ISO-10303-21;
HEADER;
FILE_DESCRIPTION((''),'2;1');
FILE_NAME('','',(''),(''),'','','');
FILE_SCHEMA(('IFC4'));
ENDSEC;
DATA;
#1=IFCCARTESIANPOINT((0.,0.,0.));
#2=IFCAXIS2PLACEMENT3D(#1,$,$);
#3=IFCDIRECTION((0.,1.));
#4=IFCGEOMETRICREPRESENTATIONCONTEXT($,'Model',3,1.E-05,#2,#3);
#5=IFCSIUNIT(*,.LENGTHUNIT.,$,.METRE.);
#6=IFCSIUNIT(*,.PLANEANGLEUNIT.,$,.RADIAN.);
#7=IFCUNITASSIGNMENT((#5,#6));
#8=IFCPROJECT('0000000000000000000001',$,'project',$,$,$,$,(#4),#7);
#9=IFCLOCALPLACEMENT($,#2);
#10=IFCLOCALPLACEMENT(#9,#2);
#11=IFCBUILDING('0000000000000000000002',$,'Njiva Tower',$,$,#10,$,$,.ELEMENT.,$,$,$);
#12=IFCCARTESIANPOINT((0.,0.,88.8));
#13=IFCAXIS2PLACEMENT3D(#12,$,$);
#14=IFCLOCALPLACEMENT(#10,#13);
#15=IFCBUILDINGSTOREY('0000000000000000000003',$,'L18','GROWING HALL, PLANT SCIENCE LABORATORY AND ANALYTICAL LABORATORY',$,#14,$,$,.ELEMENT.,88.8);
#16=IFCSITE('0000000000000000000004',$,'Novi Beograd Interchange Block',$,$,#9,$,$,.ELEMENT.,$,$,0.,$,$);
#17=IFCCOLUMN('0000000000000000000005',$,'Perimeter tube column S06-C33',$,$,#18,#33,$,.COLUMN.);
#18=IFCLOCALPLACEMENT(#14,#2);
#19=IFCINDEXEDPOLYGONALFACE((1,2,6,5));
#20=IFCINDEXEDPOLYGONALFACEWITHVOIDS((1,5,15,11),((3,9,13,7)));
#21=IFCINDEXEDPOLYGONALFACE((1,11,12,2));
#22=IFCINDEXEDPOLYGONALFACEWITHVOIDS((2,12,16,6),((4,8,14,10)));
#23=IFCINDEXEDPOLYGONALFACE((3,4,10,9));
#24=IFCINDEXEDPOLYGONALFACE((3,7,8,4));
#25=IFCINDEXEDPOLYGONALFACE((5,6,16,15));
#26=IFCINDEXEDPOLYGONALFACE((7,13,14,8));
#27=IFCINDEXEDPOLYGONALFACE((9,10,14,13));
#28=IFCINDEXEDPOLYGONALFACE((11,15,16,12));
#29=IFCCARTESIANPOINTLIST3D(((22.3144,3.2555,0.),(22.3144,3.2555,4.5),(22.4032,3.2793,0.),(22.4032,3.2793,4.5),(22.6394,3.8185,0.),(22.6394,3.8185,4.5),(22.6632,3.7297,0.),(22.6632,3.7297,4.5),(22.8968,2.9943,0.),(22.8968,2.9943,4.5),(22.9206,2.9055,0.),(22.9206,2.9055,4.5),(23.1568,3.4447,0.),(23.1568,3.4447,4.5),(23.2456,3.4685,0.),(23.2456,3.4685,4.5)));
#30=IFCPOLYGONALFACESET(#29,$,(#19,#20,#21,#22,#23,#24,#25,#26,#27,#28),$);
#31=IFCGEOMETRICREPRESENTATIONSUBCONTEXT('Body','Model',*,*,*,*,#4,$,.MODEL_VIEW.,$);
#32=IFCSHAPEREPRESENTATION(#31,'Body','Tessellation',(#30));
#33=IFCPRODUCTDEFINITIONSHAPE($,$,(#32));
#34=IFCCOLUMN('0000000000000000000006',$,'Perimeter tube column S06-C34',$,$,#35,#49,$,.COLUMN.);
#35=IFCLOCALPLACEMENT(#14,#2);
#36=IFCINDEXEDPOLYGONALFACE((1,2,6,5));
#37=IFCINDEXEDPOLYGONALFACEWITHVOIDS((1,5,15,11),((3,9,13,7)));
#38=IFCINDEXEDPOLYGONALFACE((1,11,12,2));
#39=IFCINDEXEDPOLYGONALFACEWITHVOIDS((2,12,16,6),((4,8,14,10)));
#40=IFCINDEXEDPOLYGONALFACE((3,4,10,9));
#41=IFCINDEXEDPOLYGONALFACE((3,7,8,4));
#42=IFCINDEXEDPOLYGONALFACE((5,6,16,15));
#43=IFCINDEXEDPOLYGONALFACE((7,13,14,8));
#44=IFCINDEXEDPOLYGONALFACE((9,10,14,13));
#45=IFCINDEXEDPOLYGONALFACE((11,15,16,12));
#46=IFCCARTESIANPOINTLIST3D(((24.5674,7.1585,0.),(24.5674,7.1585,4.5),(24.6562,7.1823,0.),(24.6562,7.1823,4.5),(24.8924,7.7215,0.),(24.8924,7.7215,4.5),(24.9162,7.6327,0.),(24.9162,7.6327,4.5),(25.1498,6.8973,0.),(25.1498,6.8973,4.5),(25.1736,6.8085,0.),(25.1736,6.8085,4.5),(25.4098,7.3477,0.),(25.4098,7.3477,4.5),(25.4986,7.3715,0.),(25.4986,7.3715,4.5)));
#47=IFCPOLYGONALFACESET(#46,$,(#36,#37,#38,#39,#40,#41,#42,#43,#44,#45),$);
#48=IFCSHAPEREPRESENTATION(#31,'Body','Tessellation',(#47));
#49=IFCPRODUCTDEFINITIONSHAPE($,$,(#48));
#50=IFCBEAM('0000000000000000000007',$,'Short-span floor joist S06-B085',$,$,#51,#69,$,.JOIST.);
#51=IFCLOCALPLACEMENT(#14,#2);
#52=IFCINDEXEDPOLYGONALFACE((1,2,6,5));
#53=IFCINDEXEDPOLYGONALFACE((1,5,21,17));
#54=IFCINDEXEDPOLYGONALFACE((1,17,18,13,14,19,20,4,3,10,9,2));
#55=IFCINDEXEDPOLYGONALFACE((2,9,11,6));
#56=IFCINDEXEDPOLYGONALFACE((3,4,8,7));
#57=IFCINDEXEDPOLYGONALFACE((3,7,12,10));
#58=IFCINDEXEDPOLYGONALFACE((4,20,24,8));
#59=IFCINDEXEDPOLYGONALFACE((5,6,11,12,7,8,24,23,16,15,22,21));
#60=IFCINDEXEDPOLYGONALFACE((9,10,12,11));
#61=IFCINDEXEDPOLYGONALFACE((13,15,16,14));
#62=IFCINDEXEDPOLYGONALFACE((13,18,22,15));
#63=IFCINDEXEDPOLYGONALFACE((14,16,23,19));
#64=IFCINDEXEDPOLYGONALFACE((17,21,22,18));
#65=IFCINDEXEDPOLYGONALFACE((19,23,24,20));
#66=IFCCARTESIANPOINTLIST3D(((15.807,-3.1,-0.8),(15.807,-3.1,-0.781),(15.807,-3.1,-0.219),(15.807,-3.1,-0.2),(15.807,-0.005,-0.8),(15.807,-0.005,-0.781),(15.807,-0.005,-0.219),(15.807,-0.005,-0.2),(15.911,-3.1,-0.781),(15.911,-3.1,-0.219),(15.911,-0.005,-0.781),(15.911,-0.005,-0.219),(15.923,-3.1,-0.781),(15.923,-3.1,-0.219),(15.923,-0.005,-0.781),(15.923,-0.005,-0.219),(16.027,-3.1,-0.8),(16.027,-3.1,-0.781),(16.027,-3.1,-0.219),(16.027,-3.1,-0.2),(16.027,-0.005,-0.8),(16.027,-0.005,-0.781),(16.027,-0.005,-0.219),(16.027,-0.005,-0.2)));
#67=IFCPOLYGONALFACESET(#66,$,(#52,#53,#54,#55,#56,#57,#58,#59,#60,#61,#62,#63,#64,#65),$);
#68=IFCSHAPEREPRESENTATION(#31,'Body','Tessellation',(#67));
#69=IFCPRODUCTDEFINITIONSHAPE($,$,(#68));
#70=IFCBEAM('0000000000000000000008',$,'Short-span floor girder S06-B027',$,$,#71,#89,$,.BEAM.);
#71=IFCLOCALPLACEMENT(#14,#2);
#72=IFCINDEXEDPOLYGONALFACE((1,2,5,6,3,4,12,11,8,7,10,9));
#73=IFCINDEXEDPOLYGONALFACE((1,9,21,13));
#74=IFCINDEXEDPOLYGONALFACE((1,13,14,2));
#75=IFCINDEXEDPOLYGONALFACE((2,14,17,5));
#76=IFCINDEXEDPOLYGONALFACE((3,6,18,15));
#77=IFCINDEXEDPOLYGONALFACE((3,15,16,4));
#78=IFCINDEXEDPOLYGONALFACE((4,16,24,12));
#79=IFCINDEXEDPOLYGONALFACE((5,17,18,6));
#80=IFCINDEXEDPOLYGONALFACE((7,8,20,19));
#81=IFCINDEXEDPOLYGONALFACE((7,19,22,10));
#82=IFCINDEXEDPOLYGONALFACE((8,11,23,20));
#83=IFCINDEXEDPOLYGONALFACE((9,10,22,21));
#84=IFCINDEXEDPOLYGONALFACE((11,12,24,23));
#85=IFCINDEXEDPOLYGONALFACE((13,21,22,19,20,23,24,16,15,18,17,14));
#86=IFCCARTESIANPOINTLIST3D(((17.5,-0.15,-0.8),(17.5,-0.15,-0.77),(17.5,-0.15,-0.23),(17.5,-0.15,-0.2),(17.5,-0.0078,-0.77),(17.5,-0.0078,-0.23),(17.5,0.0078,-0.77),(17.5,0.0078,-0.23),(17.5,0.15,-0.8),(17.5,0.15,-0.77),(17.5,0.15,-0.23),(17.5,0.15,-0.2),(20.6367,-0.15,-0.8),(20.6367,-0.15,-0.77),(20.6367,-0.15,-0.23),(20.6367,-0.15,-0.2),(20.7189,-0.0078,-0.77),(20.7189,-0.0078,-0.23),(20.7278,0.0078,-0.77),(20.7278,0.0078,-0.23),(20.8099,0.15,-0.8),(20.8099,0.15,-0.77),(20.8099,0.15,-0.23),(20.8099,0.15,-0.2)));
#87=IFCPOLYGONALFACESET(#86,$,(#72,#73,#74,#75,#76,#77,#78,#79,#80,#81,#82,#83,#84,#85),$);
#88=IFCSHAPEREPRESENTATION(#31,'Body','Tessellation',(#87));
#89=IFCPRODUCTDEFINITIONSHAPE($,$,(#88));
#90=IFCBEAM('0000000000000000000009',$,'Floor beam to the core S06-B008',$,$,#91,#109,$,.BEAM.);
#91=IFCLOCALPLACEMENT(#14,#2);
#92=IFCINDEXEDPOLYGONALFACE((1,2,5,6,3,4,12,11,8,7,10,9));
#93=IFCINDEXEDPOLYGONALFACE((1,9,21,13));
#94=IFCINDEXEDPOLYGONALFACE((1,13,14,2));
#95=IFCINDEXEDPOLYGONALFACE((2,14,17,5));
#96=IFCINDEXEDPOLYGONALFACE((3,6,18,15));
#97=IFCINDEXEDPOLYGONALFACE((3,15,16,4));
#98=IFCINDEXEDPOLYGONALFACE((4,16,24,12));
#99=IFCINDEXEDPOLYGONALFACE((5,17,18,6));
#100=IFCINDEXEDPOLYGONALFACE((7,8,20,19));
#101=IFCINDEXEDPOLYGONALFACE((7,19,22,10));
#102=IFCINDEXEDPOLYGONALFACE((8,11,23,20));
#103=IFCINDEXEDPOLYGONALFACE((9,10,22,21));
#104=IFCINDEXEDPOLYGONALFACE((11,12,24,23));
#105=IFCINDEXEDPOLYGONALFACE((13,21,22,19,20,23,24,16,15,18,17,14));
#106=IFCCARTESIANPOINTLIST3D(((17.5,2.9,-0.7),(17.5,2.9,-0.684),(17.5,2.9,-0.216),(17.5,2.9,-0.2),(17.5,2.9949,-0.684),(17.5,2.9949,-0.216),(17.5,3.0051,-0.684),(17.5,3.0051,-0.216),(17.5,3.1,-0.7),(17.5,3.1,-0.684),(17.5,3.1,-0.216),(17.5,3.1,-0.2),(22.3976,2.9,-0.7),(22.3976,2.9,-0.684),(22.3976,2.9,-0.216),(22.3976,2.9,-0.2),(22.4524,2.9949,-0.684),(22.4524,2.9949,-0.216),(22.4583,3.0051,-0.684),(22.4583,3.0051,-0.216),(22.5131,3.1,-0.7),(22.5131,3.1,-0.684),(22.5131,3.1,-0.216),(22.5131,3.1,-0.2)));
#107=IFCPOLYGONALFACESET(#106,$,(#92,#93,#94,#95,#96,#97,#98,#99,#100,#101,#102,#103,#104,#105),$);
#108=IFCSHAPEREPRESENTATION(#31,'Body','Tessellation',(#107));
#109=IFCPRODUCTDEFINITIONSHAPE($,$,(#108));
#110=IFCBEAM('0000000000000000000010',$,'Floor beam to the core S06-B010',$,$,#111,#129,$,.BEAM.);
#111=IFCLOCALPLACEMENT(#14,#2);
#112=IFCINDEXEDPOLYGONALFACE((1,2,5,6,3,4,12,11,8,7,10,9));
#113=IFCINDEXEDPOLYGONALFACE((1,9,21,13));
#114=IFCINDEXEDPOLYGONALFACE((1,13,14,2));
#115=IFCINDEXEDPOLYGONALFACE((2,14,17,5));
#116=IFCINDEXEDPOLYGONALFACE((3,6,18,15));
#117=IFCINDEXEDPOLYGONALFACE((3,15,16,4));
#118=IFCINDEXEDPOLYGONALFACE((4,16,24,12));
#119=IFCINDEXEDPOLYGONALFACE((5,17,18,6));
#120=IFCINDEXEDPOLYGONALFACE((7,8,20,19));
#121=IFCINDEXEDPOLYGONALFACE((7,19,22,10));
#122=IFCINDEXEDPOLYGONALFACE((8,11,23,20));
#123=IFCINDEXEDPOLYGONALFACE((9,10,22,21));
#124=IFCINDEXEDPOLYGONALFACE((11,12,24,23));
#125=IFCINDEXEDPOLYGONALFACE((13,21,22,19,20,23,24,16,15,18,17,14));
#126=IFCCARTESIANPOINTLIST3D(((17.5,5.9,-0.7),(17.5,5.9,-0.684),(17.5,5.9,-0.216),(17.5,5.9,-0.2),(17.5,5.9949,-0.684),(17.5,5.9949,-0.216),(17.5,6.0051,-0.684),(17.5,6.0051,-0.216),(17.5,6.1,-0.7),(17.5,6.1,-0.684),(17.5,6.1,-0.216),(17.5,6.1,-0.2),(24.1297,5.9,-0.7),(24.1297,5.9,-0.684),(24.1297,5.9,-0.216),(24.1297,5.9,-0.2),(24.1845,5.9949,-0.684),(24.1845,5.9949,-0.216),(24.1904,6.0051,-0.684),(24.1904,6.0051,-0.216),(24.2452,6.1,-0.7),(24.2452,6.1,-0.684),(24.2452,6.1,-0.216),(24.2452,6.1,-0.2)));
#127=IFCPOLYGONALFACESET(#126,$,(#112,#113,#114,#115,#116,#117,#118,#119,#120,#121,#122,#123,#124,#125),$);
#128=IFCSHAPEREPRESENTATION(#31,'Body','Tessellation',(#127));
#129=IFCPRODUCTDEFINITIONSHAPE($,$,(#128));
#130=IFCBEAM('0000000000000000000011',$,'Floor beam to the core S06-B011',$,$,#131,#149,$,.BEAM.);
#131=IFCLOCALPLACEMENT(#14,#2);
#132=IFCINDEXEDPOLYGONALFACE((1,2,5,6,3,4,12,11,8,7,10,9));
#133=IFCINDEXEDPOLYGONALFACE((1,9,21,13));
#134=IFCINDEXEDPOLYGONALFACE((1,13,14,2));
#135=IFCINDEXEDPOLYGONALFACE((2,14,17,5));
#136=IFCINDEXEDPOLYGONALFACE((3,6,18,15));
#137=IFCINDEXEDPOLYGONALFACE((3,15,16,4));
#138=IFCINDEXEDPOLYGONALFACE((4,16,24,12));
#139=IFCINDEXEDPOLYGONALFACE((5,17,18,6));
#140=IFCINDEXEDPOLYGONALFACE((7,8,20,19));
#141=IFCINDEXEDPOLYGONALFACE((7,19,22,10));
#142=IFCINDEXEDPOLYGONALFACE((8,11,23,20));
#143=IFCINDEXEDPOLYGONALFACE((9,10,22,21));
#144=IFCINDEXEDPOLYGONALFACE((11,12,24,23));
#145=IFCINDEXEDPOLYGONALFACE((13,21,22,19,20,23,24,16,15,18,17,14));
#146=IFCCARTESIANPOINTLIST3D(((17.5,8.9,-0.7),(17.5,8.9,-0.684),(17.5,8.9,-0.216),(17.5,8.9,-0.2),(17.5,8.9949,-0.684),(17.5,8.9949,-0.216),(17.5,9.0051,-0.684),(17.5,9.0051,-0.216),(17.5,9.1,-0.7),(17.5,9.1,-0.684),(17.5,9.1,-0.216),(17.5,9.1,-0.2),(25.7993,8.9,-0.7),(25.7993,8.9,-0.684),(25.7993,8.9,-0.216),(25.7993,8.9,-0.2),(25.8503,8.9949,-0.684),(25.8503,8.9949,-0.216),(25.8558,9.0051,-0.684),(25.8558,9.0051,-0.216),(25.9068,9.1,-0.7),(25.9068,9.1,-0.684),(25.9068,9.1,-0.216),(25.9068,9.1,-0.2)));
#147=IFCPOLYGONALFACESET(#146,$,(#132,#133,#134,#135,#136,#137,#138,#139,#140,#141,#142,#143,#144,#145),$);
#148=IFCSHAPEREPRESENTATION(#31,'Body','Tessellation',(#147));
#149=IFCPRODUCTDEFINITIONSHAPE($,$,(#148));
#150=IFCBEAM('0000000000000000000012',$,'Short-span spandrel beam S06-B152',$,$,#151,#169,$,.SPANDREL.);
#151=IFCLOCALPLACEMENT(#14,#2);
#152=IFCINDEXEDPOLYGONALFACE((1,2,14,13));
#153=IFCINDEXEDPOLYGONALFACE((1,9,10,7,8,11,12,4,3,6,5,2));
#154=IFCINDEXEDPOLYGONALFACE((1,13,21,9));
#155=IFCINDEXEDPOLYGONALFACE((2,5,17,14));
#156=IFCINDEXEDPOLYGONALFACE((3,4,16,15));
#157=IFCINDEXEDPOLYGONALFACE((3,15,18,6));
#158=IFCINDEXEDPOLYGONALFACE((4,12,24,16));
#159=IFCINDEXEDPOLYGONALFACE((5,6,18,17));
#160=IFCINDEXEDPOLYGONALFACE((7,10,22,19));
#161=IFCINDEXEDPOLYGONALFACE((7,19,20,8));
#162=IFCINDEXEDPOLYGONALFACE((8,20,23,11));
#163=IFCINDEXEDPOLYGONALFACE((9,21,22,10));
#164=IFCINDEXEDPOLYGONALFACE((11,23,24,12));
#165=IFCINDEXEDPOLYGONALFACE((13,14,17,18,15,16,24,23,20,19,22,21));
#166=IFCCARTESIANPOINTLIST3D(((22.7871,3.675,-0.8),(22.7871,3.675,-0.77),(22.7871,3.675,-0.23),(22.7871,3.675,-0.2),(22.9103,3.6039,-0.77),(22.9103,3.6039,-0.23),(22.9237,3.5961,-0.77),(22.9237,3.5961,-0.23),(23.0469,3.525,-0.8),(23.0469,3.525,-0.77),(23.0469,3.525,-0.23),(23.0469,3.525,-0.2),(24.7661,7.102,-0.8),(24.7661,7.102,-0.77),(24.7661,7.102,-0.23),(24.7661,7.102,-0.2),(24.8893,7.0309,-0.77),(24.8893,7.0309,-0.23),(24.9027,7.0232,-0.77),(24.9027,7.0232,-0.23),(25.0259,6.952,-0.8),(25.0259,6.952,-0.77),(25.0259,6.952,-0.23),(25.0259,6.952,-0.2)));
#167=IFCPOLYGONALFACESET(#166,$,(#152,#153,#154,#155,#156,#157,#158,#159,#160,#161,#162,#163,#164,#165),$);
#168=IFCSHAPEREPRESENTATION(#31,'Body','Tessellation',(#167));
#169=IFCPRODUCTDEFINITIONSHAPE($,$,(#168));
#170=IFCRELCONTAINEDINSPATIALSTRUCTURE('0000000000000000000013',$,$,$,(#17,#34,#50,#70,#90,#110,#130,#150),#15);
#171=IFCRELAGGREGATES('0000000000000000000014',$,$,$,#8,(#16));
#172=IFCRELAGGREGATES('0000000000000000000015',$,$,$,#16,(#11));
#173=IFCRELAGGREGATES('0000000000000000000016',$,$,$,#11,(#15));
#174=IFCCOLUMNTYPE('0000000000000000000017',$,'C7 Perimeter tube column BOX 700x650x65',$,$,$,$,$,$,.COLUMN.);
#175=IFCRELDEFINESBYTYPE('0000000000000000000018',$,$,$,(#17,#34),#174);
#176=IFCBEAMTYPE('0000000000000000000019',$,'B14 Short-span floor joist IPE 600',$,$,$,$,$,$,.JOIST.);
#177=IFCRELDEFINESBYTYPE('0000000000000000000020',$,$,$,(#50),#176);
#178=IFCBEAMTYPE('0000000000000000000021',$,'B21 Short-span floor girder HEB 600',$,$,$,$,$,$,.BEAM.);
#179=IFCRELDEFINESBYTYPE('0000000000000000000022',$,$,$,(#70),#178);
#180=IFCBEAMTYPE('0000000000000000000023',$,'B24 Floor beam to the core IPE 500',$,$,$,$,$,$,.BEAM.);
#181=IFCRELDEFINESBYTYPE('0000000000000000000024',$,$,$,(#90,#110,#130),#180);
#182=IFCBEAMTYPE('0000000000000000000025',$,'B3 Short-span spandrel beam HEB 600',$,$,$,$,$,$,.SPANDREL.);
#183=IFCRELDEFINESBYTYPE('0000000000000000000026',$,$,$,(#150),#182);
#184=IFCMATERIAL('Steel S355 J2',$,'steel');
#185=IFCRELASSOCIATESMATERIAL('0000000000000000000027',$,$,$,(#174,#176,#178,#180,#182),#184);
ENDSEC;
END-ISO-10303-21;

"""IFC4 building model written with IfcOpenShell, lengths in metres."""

from ifc_helpers import new_model, si_unit, direction, frame, origin, origin_2d, place, context, subcontext, project, spatial, hollow_rectangle, i_section, extrude, clip, halfspace, material, material_profile, profile_set, type_object, element, save


model = new_model("IFC4")

# Units and contexts
model_context = context("Model", 3, precision=1e-05, world=origin(), true_north=direction((0.0, 1.0)))
body_context = subcontext(model_context, "Body", "Model", "MODEL_VIEW")
ifc_project = project(units=[si_unit("LENGTHUNIT", "METRE"), si_unit("PLANEANGLEUNIT", "RADIAN")], contexts=[model_context])

# Site, building, storey
site_placement = place(None, origin())
site = spatial("IfcSite", under=ifc_project, at=site_placement, Name="Novi Beograd Interchange Block", CompositionType="ELEMENT", RefElevation=0.0)
building_placement = place(site_placement, origin())
building = spatial("IfcBuilding", under=site, at=building_placement, Name="Njiva Tower", CompositionType="ELEMENT")
storey_placement = place(building_placement, frame((0.0, 0.0, 88.8)))
storey = spatial("IfcBuildingStorey", under=building, at=storey_placement, Name="L18", Description="GROWING HALL, PLANT SCIENCE LABORATORY AND ANALYTICAL LABORATORY", CompositionType="ELEMENT", Elevation=88.8)

# Columns
ifc_material_1 = material(Name="Steel S355 J2", Category="steel")
ifc_material_profile_1 = material_profile(ifc_material_1, hollow_rectangle(XDim=0.65, YDim=0.7, WallThickness=0.065, at=origin_2d()), Name="BOX 700x650x65")
ifc_profile_set_1 = profile_set([ifc_material_profile_1], Name="Steel S355 J2")
column_type = type_object("IfcColumnType", Name="C7 Perimeter tube column BOX 700x650x65", PredefinedType="COLUMN", material=ifc_profile_set_1)
for number, where, z_axis, x_axis, name in (
    (1, (22.78, 3.362, 0.0), (0.0, 0.0, 1.0), (0.5, 0.866025, 0.0), "Perimeter tube column S06-C33"),
    (2, (25.033, 7.265, 0.0), (0.0, 0.0, 1.0), (0.5, 0.866025, 0.0), "Perimeter tube column S06-C34"),
):
    element("IfcColumn", number, at=place(storey_placement, frame(where, z_axis=z_axis, x_axis=x_axis)), inside=storey, type_object=column_type, Name=name, PredefinedType="COLUMN", context=body_context, shape_type="SweptSolid", body=[
        extrude(hollow_rectangle(XDim=0.65, YDim=0.7, WallThickness=0.065, at=origin_2d()), origin(), (0.0, 0.0, 1.0), 4.5),
    ])

# Beams
ifc_material_profile_2 = material_profile(ifc_material_1, i_section(OverallWidth=0.22, OverallDepth=0.6, WebThickness=0.012, FlangeThickness=0.019, at=origin_2d()), Name="IPE 600")
ifc_profile_set_2 = profile_set([ifc_material_profile_2], Name="Steel S355 J2")
beam_type_1 = type_object("IfcBeamType", Name="B14 Short-span floor joist IPE 600", PredefinedType="JOIST", material=ifc_profile_set_2)
beam_1_placement = place(storey_placement, frame((15.917, -0.005, -0.5), z_axis=(0.0, -1.0, 0.0), x_axis=(1.0, 0.0, 0.0)))
element("IfcBeam", 3, at=beam_1_placement, inside=storey, type_object=beam_type_1, Name="Short-span floor joist S06-B085", PredefinedType="JOIST", context=body_context, shape_type="SweptSolid", body=[
    extrude(i_section(OverallWidth=0.22, OverallDepth=0.6, WebThickness=0.012, FlangeThickness=0.019, at=origin_2d()), origin(), (0.0, 0.0, 1.0), 3.095),
])
ifc_material_profile_3 = material_profile(ifc_material_1, i_section(OverallWidth=0.3, OverallDepth=0.6, WebThickness=0.0155, FlangeThickness=0.03, at=origin_2d()), Name="HEB 600")
ifc_profile_set_3 = profile_set([ifc_material_profile_3], Name="Steel S355 J2")
beam_type_2 = type_object("IfcBeamType", Name="B21 Short-span floor girder HEB 600", PredefinedType="BEAM", material=ifc_profile_set_3)
beam_2_placement = place(storey_placement, frame((17.5, 0.0, -0.5), z_axis=(1.0, 0.0, 0.0), x_axis=(0.0, 1.0, 0.0)))
element("IfcBeam", 4, at=beam_2_placement, inside=storey, type_object=beam_type_2, Name="Short-span floor girder S06-B027", PredefinedType="BEAM", context=body_context, shape_type="Clipping", body=[
    clip(extrude(i_section(OverallWidth=0.3, OverallDepth=0.6, WebThickness=0.0155, FlangeThickness=0.03, at=origin_2d()), origin(), (0.0, 0.0, 1.0), 3.33), halfspace(frame((-0.025, 0.0, 3.2089), z_axis=(-0.499998, 0.0, 0.866027), x_axis=(0.0, 1.0, 0.0)), False)),
])
ifc_material_profile_4 = material_profile(ifc_material_1, i_section(OverallWidth=0.2, OverallDepth=0.5, WebThickness=0.0102, FlangeThickness=0.016, at=origin_2d()), Name="IPE 500")
ifc_profile_set_4 = profile_set([ifc_material_profile_4], Name="Steel S355 J2")
beam_type_3 = type_object("IfcBeamType", Name="B24 Floor beam to the core IPE 500", PredefinedType="BEAM", material=ifc_profile_set_4)
beam_3_placement = place(storey_placement, frame((17.5, 3.0, -0.45), z_axis=(1.0, 0.0, 0.0), x_axis=(0.0, 1.0, 0.0)))
element("IfcBeam", 5, at=beam_3_placement, inside=storey, type_object=beam_type_3, Name="Floor beam to the core S06-B008", PredefinedType="BEAM", context=body_context, shape_type="Clipping", body=[
    clip(extrude(i_section(OverallWidth=0.2, OverallDepth=0.5, WebThickness=0.0102, FlangeThickness=0.016, at=origin_2d()), origin(), (0.0, 0.0, 1.0), 5.033), halfspace(frame((-0.025, 0.0, 4.9409), z_axis=(-0.499998, 0.0, 0.866027), x_axis=(0.0, 1.0, 0.0)), False)),
])
beam_4_placement = place(storey_placement, frame((17.5, 6.0, -0.45), z_axis=(1.0, 0.0, 0.0), x_axis=(0.0, 1.0, 0.0)))
element("IfcBeam", 6, at=beam_4_placement, inside=storey, type_object=beam_type_3, Name="Floor beam to the core S06-B010", PredefinedType="BEAM", context=body_context, shape_type="Clipping", body=[
    clip(extrude(i_section(OverallWidth=0.2, OverallDepth=0.5, WebThickness=0.0102, FlangeThickness=0.016, at=origin_2d()), origin(), (0.0, 0.0, 1.0), 6.765), halfspace(frame((-0.025, 0.0, 6.673), z_axis=(-0.499998, 0.0, 0.866027), x_axis=(0.0, 1.0, 0.0)), False)),
])
beam_5_placement = place(storey_placement, frame((17.5, 9.0, -0.45), z_axis=(1.0, 0.0, 0.0), x_axis=(0.0, 1.0, 0.0)))
element("IfcBeam", 7, at=beam_5_placement, inside=storey, type_object=beam_type_3, Name="Floor beam to the core S06-B011", PredefinedType="BEAM", context=body_context, shape_type="Clipping", body=[
    clip(extrude(i_section(OverallWidth=0.2, OverallDepth=0.5, WebThickness=0.0102, FlangeThickness=0.016, at=origin_2d()), origin(), (0.0, 0.0, 1.0), 8.427), halfspace(frame((-0.0237, 0.0, 8.3403), z_axis=(-0.473762, 0.0, 0.880653), x_axis=(0.0, 1.0, 0.0)), False)),
])
ifc_material_profile_5 = material_profile(ifc_material_1, i_section(OverallWidth=0.3, OverallDepth=0.6, WebThickness=0.0155, FlangeThickness=0.03, at=origin_2d()), Name="HEB 600")
ifc_profile_set_5 = profile_set([ifc_material_profile_5], Name="Steel S355 J2")
beam_type_4 = type_object("IfcBeamType", Name="B3 Short-span spandrel beam HEB 600", PredefinedType="SPANDREL", material=ifc_profile_set_5)
beam_6_placement = place(storey_placement, frame((22.917, 3.6, -0.5), z_axis=(0.50008, 0.865979, 0.0), x_axis=(-0.865979, 0.50008, 0.0)))
element("IfcBeam", 8, at=beam_6_placement, inside=storey, type_object=beam_type_4, Name="Short-span spandrel beam S06-B152", PredefinedType="SPANDREL", context=body_context, shape_type="SweptSolid", body=[
    extrude(i_section(OverallWidth=0.3, OverallDepth=0.6, WebThickness=0.0155, FlangeThickness=0.03, at=origin_2d()), origin(), (0.0, 0.0, 1.0), 3.9574),
])

save(model, "model.ifc")
